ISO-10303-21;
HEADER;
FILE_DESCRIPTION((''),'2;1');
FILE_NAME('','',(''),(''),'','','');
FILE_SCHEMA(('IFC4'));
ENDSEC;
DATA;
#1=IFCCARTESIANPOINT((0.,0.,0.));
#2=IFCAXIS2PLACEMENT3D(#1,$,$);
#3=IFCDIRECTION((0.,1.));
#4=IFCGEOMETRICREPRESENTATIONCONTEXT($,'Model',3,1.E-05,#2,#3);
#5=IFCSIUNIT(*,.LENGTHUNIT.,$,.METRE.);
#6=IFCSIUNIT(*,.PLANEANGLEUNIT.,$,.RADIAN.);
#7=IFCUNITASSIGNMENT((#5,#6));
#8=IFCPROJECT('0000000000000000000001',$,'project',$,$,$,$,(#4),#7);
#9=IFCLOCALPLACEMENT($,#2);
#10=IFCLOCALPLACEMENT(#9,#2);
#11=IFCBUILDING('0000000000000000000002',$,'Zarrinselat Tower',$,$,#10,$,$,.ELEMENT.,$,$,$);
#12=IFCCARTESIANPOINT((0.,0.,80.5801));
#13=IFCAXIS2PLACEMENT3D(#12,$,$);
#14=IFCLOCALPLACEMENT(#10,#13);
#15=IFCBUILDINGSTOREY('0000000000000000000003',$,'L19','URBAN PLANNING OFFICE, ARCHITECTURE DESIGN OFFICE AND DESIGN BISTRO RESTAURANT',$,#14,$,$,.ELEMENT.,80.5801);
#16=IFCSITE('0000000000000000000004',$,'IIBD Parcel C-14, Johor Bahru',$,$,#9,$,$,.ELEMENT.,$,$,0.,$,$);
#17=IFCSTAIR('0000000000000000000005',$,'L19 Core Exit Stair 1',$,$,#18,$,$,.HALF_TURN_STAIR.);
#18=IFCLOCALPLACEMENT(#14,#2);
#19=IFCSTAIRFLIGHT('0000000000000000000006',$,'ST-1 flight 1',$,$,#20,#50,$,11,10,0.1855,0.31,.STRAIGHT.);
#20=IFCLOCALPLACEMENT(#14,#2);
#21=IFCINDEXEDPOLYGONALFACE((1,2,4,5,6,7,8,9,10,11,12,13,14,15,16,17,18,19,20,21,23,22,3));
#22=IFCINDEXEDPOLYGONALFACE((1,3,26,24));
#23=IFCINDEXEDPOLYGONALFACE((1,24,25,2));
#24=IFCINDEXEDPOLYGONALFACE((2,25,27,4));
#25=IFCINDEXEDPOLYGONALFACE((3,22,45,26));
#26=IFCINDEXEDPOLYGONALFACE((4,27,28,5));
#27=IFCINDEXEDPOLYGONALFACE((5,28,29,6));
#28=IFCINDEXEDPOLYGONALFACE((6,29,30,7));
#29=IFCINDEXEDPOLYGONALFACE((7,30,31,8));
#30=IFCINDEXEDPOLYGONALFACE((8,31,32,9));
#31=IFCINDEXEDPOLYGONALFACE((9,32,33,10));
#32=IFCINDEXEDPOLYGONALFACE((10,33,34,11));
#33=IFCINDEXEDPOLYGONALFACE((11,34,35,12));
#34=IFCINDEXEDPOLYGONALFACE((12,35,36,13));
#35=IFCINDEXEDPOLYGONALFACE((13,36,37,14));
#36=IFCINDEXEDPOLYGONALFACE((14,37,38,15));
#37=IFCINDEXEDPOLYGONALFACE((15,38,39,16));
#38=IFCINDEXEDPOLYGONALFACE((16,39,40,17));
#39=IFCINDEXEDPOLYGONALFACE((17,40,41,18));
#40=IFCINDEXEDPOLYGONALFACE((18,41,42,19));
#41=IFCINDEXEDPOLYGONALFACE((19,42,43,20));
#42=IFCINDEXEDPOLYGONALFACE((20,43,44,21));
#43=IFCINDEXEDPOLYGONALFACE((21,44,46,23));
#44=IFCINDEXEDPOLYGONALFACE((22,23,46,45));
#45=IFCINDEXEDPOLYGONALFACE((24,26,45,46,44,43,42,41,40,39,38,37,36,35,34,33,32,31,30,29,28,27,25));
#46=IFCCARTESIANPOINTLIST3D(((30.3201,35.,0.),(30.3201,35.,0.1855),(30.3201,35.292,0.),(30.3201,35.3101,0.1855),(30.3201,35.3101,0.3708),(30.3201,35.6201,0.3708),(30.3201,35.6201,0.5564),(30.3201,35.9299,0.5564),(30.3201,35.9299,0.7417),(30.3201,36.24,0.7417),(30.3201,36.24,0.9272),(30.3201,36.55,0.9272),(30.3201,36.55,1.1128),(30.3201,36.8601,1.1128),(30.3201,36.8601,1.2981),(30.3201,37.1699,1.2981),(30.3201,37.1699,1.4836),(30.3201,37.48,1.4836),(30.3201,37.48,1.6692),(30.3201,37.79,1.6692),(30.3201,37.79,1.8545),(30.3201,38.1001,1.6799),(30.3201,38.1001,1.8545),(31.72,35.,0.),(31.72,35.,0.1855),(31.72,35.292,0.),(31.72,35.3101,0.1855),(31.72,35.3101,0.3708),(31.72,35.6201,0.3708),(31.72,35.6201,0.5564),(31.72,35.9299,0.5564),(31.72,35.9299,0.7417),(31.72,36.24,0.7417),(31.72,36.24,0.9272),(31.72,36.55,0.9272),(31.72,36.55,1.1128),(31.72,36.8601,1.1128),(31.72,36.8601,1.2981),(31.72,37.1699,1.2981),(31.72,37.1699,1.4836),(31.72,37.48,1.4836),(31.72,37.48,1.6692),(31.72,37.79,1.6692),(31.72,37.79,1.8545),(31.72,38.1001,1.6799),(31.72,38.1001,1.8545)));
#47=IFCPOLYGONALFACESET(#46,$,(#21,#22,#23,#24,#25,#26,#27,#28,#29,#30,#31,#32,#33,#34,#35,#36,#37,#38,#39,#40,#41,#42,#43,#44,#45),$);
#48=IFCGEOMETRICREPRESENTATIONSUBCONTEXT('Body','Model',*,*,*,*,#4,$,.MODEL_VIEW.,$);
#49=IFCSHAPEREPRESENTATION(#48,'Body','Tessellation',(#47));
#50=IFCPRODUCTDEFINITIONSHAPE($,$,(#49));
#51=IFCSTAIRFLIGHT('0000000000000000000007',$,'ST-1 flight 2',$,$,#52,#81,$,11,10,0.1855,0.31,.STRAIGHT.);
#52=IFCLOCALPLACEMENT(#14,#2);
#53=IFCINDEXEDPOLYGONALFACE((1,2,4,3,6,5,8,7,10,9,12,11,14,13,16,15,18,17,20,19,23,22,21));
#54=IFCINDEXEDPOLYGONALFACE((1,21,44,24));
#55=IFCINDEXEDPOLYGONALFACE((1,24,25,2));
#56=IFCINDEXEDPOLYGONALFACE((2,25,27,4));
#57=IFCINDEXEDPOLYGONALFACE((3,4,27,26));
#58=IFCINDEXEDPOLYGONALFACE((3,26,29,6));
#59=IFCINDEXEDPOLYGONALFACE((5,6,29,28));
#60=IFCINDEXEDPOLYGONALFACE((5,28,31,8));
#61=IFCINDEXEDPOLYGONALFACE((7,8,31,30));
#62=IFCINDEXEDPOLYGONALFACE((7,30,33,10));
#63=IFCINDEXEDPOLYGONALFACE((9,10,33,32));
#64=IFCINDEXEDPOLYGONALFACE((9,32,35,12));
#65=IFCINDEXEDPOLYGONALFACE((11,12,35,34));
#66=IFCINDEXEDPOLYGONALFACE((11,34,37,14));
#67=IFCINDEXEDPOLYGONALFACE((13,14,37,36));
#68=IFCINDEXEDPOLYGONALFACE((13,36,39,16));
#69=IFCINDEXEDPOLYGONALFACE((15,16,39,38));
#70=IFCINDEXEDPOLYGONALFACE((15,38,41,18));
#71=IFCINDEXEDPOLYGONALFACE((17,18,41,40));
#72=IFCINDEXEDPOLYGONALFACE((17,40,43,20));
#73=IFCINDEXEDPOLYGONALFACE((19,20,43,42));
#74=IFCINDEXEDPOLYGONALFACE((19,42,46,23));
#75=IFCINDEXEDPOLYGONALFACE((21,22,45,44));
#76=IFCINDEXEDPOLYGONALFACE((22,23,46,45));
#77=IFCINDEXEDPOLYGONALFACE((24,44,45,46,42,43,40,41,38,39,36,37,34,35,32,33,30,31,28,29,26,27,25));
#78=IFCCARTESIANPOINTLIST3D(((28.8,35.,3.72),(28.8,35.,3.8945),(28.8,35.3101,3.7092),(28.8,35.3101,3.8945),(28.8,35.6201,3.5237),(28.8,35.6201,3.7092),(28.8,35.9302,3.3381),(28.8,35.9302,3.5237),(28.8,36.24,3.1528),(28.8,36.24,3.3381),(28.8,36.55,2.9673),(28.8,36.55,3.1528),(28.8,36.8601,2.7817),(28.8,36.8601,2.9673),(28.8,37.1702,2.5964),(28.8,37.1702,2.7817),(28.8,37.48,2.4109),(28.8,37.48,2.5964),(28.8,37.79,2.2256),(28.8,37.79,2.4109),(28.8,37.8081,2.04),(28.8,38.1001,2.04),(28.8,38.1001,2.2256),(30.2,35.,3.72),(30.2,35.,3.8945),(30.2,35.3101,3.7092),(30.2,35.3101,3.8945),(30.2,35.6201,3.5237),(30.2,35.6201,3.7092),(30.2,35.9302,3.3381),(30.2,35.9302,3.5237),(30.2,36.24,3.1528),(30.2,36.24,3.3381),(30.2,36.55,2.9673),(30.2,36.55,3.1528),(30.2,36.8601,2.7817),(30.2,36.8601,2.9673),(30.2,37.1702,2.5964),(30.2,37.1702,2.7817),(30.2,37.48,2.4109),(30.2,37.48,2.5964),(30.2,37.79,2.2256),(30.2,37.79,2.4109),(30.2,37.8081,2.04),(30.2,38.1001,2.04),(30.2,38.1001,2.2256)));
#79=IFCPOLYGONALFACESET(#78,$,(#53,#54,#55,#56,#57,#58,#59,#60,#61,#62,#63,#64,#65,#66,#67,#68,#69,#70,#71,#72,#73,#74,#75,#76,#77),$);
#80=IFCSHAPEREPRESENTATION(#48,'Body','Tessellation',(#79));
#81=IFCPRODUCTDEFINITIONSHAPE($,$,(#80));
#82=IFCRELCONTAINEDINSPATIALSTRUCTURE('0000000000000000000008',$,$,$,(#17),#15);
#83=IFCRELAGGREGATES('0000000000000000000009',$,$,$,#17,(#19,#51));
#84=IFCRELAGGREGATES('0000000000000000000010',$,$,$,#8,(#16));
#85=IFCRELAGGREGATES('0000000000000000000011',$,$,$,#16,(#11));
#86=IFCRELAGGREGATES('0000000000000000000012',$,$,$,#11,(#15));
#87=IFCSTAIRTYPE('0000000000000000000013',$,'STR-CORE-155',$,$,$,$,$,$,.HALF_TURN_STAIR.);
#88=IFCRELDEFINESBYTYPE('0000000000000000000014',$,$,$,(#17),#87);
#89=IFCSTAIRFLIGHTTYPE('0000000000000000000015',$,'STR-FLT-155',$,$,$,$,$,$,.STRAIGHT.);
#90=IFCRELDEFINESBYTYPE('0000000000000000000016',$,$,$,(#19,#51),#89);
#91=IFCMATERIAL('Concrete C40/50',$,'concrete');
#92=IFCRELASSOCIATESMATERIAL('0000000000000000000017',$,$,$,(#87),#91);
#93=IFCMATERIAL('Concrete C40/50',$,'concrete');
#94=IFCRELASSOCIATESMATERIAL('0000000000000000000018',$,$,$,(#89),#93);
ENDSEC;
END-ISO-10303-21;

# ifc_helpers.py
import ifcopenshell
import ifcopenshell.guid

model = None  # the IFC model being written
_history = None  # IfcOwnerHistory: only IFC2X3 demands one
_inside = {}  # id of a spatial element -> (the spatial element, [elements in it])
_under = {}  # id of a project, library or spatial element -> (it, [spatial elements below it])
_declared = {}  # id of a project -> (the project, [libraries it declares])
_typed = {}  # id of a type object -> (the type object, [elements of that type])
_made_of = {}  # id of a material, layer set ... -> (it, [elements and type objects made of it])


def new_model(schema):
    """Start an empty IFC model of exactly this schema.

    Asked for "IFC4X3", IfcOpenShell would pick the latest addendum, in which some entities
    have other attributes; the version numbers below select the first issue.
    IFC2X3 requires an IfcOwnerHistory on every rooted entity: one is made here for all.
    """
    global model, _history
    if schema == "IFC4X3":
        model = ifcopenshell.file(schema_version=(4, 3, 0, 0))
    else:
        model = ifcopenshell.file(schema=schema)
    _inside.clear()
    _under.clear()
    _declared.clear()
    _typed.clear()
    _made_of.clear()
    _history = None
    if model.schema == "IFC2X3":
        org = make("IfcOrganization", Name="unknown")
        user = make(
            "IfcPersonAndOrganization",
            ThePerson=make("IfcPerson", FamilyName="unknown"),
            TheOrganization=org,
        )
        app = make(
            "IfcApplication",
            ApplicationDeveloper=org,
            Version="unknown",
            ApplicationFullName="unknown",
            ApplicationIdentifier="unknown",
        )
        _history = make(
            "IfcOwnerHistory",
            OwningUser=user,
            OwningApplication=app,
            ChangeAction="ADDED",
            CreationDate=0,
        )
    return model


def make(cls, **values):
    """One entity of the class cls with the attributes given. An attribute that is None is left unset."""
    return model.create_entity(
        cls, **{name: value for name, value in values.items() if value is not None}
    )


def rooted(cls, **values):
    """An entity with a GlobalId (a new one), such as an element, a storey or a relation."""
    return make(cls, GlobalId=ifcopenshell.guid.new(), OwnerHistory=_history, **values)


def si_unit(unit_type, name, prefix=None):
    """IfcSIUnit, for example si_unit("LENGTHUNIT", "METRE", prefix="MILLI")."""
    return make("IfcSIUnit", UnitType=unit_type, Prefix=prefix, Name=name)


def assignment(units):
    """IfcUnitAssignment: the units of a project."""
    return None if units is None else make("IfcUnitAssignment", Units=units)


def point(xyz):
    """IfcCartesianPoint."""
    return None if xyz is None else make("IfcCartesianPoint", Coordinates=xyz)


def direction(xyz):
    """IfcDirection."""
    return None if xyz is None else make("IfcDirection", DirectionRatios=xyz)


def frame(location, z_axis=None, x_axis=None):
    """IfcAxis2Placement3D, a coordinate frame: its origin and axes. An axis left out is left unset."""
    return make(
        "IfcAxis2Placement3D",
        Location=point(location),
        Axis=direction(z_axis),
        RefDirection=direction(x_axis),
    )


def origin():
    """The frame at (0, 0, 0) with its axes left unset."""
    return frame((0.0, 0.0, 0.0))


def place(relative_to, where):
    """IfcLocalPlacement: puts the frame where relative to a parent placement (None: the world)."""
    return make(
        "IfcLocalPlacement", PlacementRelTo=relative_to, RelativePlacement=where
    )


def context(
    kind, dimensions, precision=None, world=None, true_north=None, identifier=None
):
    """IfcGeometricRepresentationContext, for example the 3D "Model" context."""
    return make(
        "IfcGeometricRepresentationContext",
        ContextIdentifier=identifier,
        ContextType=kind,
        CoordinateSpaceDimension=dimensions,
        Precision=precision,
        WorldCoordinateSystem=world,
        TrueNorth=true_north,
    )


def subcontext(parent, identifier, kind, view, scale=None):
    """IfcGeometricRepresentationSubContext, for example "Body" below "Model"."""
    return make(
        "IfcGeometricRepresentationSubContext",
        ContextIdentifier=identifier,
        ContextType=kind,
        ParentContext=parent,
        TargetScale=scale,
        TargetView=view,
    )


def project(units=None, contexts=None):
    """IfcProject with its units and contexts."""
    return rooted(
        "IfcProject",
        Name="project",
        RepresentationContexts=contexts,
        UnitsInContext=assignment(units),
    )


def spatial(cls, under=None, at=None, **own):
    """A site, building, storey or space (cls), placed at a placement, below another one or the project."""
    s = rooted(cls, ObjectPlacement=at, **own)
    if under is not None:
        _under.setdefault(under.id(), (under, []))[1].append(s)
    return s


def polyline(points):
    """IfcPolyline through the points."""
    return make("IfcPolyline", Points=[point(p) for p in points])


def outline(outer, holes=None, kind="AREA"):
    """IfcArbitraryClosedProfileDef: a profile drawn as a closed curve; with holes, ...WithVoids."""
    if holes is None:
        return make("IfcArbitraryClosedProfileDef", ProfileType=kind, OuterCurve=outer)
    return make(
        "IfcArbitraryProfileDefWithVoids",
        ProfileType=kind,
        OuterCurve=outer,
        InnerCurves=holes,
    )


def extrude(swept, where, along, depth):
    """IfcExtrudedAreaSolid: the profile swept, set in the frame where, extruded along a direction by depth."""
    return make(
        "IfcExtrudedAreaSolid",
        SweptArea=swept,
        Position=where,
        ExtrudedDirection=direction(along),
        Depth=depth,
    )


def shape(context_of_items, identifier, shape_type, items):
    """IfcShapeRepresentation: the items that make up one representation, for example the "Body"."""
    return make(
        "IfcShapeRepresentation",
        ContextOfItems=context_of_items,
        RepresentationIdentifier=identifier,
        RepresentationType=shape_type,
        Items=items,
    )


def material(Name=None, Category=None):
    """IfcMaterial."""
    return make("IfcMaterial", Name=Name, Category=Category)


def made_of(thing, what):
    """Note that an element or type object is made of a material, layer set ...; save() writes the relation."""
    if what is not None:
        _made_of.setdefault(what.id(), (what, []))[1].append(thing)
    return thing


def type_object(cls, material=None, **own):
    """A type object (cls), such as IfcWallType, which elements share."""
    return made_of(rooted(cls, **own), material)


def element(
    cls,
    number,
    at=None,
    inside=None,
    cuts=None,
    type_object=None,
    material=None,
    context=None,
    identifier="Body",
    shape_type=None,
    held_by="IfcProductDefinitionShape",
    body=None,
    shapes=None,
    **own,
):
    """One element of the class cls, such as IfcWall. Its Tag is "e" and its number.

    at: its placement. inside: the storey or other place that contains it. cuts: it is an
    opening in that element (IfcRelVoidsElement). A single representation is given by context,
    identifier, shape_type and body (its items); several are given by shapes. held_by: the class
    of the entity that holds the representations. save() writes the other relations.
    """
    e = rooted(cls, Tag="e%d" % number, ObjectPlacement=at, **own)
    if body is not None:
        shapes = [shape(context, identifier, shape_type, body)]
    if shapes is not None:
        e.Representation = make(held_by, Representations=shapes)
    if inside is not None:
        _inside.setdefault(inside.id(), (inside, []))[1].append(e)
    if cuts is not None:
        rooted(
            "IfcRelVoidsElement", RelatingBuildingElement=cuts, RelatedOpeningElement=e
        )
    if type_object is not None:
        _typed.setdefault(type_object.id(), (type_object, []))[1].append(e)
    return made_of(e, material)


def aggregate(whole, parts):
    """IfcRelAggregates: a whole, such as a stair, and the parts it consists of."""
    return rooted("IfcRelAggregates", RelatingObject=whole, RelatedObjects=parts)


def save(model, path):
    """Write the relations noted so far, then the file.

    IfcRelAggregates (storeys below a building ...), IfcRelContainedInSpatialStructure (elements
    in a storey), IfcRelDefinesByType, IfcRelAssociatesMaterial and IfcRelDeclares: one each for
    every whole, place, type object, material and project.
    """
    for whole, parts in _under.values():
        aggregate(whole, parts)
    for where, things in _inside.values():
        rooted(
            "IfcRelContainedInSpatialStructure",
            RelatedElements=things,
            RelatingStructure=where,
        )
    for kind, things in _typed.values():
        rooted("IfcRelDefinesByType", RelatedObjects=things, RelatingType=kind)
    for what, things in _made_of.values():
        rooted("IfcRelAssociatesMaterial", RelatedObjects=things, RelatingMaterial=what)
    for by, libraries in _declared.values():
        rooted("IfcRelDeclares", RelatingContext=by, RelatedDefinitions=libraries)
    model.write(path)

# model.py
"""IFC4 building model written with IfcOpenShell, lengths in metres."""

from ifc_helpers import new_model, si_unit, direction, frame, origin, place, context, subcontext, project, spatial, polyline, outline, extrude, material, type_object, element, aggregate, save


model = new_model("IFC4")

# Units and contexts
model_context = context("Model", 3, precision=1e-05, world=origin(), true_north=direction((0.0, 1.0)))
body_context = subcontext(model_context, "Body", "Model", "MODEL_VIEW")
ifc_project = project(units=[si_unit("LENGTHUNIT", "METRE"), si_unit("PLANEANGLEUNIT", "RADIAN")], contexts=[model_context])

# Site, building, storey
site_placement = place(None, origin())
site = spatial("IfcSite", under=ifc_project, at=site_placement, Name="IIBD Parcel C-14, Johor Bahru", CompositionType="ELEMENT", RefElevation=0.0)
building_placement = place(site_placement, origin())
building = spatial("IfcBuilding", under=site, at=building_placement, Name="Zarrinselat Tower", CompositionType="ELEMENT")
storey_placement = place(building_placement, frame((0.0, 0.0, 80.5801)))
storey = spatial("IfcBuildingStorey", under=building, at=storey_placement, Name="L19", Description="URBAN PLANNING OFFICE, ARCHITECTURE DESIGN OFFICE AND DESIGN BISTRO RESTAURANT", CompositionType="ELEMENT", Elevation=80.5801)

# Stair, stair flights
ifc_material_1 = material(Name="Concrete C40/50", Category="concrete")
stair_type_1 = type_object("IfcStairType", Name="STR-CORE-155", PredefinedType="HALF_TURN_STAIR", material=ifc_material_1)
stair_1_placement = place(storey_placement, origin())
stair_1 = element("IfcStair", 1, at=stair_1_placement, inside=storey, type_object=stair_type_1, Name="L19 Core Exit Stair 1", PredefinedType="HALF_TURN_STAIR")
ifc_material_2 = material(Name="Concrete C40/50", Category="concrete")
stair_flight_type_1 = type_object("IfcStairFlightType", Name="STR-FLT-155", PredefinedType="STRAIGHT", material=ifc_material_2)
stair_flight_1_placement = place(storey_placement, frame((31.02, 35.0, 0.0), z_axis=(0.0, 0.0, 1.0), x_axis=(0.0, 1.0, 0.0)))
stair_flight_1 = element("IfcStairFlight", 2, at=stair_flight_1_placement, type_object=stair_flight_type_1, Name="ST-1 flight 1", NumberOfRisers=11, NumberOfTreads=10, PredefinedType="STRAIGHT", RiserHeight=0.1855, TreadLength=0.31, context=body_context, shape_type="SweptSolid", body=[
    extrude(outline(polyline([(0.0, 0.0), (0.0, 0.1855), (0.3101, 0.1855), (0.3101, 0.3708), (0.6201, 0.3708), (0.6201, 0.5564), (0.9299, 0.5564), (0.9299, 0.7417), (1.24, 0.7417), (1.24, 0.9272), (1.55, 0.9272), (1.55, 1.1128), (1.8601, 1.1128), (1.8601, 1.2981), (2.1699, 1.2981), (2.1699, 1.4836), (2.48, 1.4836), (2.48, 1.6692), (2.79, 1.6692), (2.79, 1.8545), (3.1001, 1.8545), (3.1001, 2.04), (3.1001, 1.6799), (0.292, 0.0), (0.0, 0.0)])), frame((0.0, 0.7, 0.0), z_axis=(0.0, -1.0, 0.0), x_axis=(1.0, 0.0, 0.0)), (0.0, 0.0, 1.0), 1.3999),
])
stair_flight_2_placement = place(storey_placement, frame((29.5, 38.1001, 2.04), z_axis=(0.0, 0.0, 1.0), x_axis=(0.0, -1.0, 0.0)))
stair_flight_2 = element("IfcStairFlight", 3, at=stair_flight_2_placement, type_object=stair_flight_type_1, Name="ST-1 flight 2", NumberOfRisers=11, NumberOfTreads=10, PredefinedType="STRAIGHT", RiserHeight=0.1855, TreadLength=0.31, context=body_context, shape_type="SweptSolid", body=[
    extrude(outline(polyline([(0.0, 0.0), (0.0, 0.1855), (0.3101, 0.1855), (0.3101, 0.3708), (0.6201, 0.3708), (0.6201, 0.5564), (0.9299, 0.5564), (0.9299, 0.7417), (1.24, 0.7417), (1.24, 0.9272), (1.55, 0.9272), (1.55, 1.1128), (1.8601, 1.1128), (1.8601, 1.2981), (2.1699, 1.2981), (2.1699, 1.4836), (2.48, 1.4836), (2.48, 1.6692), (2.79, 1.6692), (2.79, 1.8545), (3.1001, 1.8545), (3.1001, 2.04), (3.1001, 1.6799), (0.292, 0.0), (0.0, 0.0)])), frame((0.0, 0.7, 0.0), z_axis=(0.0, -1.0, 0.0), x_axis=(1.0, 0.0, 0.0)), (0.0, 0.0, 1.0), 1.3999),
])
aggregate(stair_1, [stair_flight_1, stair_flight_2])

save(model, "model.ifc")
